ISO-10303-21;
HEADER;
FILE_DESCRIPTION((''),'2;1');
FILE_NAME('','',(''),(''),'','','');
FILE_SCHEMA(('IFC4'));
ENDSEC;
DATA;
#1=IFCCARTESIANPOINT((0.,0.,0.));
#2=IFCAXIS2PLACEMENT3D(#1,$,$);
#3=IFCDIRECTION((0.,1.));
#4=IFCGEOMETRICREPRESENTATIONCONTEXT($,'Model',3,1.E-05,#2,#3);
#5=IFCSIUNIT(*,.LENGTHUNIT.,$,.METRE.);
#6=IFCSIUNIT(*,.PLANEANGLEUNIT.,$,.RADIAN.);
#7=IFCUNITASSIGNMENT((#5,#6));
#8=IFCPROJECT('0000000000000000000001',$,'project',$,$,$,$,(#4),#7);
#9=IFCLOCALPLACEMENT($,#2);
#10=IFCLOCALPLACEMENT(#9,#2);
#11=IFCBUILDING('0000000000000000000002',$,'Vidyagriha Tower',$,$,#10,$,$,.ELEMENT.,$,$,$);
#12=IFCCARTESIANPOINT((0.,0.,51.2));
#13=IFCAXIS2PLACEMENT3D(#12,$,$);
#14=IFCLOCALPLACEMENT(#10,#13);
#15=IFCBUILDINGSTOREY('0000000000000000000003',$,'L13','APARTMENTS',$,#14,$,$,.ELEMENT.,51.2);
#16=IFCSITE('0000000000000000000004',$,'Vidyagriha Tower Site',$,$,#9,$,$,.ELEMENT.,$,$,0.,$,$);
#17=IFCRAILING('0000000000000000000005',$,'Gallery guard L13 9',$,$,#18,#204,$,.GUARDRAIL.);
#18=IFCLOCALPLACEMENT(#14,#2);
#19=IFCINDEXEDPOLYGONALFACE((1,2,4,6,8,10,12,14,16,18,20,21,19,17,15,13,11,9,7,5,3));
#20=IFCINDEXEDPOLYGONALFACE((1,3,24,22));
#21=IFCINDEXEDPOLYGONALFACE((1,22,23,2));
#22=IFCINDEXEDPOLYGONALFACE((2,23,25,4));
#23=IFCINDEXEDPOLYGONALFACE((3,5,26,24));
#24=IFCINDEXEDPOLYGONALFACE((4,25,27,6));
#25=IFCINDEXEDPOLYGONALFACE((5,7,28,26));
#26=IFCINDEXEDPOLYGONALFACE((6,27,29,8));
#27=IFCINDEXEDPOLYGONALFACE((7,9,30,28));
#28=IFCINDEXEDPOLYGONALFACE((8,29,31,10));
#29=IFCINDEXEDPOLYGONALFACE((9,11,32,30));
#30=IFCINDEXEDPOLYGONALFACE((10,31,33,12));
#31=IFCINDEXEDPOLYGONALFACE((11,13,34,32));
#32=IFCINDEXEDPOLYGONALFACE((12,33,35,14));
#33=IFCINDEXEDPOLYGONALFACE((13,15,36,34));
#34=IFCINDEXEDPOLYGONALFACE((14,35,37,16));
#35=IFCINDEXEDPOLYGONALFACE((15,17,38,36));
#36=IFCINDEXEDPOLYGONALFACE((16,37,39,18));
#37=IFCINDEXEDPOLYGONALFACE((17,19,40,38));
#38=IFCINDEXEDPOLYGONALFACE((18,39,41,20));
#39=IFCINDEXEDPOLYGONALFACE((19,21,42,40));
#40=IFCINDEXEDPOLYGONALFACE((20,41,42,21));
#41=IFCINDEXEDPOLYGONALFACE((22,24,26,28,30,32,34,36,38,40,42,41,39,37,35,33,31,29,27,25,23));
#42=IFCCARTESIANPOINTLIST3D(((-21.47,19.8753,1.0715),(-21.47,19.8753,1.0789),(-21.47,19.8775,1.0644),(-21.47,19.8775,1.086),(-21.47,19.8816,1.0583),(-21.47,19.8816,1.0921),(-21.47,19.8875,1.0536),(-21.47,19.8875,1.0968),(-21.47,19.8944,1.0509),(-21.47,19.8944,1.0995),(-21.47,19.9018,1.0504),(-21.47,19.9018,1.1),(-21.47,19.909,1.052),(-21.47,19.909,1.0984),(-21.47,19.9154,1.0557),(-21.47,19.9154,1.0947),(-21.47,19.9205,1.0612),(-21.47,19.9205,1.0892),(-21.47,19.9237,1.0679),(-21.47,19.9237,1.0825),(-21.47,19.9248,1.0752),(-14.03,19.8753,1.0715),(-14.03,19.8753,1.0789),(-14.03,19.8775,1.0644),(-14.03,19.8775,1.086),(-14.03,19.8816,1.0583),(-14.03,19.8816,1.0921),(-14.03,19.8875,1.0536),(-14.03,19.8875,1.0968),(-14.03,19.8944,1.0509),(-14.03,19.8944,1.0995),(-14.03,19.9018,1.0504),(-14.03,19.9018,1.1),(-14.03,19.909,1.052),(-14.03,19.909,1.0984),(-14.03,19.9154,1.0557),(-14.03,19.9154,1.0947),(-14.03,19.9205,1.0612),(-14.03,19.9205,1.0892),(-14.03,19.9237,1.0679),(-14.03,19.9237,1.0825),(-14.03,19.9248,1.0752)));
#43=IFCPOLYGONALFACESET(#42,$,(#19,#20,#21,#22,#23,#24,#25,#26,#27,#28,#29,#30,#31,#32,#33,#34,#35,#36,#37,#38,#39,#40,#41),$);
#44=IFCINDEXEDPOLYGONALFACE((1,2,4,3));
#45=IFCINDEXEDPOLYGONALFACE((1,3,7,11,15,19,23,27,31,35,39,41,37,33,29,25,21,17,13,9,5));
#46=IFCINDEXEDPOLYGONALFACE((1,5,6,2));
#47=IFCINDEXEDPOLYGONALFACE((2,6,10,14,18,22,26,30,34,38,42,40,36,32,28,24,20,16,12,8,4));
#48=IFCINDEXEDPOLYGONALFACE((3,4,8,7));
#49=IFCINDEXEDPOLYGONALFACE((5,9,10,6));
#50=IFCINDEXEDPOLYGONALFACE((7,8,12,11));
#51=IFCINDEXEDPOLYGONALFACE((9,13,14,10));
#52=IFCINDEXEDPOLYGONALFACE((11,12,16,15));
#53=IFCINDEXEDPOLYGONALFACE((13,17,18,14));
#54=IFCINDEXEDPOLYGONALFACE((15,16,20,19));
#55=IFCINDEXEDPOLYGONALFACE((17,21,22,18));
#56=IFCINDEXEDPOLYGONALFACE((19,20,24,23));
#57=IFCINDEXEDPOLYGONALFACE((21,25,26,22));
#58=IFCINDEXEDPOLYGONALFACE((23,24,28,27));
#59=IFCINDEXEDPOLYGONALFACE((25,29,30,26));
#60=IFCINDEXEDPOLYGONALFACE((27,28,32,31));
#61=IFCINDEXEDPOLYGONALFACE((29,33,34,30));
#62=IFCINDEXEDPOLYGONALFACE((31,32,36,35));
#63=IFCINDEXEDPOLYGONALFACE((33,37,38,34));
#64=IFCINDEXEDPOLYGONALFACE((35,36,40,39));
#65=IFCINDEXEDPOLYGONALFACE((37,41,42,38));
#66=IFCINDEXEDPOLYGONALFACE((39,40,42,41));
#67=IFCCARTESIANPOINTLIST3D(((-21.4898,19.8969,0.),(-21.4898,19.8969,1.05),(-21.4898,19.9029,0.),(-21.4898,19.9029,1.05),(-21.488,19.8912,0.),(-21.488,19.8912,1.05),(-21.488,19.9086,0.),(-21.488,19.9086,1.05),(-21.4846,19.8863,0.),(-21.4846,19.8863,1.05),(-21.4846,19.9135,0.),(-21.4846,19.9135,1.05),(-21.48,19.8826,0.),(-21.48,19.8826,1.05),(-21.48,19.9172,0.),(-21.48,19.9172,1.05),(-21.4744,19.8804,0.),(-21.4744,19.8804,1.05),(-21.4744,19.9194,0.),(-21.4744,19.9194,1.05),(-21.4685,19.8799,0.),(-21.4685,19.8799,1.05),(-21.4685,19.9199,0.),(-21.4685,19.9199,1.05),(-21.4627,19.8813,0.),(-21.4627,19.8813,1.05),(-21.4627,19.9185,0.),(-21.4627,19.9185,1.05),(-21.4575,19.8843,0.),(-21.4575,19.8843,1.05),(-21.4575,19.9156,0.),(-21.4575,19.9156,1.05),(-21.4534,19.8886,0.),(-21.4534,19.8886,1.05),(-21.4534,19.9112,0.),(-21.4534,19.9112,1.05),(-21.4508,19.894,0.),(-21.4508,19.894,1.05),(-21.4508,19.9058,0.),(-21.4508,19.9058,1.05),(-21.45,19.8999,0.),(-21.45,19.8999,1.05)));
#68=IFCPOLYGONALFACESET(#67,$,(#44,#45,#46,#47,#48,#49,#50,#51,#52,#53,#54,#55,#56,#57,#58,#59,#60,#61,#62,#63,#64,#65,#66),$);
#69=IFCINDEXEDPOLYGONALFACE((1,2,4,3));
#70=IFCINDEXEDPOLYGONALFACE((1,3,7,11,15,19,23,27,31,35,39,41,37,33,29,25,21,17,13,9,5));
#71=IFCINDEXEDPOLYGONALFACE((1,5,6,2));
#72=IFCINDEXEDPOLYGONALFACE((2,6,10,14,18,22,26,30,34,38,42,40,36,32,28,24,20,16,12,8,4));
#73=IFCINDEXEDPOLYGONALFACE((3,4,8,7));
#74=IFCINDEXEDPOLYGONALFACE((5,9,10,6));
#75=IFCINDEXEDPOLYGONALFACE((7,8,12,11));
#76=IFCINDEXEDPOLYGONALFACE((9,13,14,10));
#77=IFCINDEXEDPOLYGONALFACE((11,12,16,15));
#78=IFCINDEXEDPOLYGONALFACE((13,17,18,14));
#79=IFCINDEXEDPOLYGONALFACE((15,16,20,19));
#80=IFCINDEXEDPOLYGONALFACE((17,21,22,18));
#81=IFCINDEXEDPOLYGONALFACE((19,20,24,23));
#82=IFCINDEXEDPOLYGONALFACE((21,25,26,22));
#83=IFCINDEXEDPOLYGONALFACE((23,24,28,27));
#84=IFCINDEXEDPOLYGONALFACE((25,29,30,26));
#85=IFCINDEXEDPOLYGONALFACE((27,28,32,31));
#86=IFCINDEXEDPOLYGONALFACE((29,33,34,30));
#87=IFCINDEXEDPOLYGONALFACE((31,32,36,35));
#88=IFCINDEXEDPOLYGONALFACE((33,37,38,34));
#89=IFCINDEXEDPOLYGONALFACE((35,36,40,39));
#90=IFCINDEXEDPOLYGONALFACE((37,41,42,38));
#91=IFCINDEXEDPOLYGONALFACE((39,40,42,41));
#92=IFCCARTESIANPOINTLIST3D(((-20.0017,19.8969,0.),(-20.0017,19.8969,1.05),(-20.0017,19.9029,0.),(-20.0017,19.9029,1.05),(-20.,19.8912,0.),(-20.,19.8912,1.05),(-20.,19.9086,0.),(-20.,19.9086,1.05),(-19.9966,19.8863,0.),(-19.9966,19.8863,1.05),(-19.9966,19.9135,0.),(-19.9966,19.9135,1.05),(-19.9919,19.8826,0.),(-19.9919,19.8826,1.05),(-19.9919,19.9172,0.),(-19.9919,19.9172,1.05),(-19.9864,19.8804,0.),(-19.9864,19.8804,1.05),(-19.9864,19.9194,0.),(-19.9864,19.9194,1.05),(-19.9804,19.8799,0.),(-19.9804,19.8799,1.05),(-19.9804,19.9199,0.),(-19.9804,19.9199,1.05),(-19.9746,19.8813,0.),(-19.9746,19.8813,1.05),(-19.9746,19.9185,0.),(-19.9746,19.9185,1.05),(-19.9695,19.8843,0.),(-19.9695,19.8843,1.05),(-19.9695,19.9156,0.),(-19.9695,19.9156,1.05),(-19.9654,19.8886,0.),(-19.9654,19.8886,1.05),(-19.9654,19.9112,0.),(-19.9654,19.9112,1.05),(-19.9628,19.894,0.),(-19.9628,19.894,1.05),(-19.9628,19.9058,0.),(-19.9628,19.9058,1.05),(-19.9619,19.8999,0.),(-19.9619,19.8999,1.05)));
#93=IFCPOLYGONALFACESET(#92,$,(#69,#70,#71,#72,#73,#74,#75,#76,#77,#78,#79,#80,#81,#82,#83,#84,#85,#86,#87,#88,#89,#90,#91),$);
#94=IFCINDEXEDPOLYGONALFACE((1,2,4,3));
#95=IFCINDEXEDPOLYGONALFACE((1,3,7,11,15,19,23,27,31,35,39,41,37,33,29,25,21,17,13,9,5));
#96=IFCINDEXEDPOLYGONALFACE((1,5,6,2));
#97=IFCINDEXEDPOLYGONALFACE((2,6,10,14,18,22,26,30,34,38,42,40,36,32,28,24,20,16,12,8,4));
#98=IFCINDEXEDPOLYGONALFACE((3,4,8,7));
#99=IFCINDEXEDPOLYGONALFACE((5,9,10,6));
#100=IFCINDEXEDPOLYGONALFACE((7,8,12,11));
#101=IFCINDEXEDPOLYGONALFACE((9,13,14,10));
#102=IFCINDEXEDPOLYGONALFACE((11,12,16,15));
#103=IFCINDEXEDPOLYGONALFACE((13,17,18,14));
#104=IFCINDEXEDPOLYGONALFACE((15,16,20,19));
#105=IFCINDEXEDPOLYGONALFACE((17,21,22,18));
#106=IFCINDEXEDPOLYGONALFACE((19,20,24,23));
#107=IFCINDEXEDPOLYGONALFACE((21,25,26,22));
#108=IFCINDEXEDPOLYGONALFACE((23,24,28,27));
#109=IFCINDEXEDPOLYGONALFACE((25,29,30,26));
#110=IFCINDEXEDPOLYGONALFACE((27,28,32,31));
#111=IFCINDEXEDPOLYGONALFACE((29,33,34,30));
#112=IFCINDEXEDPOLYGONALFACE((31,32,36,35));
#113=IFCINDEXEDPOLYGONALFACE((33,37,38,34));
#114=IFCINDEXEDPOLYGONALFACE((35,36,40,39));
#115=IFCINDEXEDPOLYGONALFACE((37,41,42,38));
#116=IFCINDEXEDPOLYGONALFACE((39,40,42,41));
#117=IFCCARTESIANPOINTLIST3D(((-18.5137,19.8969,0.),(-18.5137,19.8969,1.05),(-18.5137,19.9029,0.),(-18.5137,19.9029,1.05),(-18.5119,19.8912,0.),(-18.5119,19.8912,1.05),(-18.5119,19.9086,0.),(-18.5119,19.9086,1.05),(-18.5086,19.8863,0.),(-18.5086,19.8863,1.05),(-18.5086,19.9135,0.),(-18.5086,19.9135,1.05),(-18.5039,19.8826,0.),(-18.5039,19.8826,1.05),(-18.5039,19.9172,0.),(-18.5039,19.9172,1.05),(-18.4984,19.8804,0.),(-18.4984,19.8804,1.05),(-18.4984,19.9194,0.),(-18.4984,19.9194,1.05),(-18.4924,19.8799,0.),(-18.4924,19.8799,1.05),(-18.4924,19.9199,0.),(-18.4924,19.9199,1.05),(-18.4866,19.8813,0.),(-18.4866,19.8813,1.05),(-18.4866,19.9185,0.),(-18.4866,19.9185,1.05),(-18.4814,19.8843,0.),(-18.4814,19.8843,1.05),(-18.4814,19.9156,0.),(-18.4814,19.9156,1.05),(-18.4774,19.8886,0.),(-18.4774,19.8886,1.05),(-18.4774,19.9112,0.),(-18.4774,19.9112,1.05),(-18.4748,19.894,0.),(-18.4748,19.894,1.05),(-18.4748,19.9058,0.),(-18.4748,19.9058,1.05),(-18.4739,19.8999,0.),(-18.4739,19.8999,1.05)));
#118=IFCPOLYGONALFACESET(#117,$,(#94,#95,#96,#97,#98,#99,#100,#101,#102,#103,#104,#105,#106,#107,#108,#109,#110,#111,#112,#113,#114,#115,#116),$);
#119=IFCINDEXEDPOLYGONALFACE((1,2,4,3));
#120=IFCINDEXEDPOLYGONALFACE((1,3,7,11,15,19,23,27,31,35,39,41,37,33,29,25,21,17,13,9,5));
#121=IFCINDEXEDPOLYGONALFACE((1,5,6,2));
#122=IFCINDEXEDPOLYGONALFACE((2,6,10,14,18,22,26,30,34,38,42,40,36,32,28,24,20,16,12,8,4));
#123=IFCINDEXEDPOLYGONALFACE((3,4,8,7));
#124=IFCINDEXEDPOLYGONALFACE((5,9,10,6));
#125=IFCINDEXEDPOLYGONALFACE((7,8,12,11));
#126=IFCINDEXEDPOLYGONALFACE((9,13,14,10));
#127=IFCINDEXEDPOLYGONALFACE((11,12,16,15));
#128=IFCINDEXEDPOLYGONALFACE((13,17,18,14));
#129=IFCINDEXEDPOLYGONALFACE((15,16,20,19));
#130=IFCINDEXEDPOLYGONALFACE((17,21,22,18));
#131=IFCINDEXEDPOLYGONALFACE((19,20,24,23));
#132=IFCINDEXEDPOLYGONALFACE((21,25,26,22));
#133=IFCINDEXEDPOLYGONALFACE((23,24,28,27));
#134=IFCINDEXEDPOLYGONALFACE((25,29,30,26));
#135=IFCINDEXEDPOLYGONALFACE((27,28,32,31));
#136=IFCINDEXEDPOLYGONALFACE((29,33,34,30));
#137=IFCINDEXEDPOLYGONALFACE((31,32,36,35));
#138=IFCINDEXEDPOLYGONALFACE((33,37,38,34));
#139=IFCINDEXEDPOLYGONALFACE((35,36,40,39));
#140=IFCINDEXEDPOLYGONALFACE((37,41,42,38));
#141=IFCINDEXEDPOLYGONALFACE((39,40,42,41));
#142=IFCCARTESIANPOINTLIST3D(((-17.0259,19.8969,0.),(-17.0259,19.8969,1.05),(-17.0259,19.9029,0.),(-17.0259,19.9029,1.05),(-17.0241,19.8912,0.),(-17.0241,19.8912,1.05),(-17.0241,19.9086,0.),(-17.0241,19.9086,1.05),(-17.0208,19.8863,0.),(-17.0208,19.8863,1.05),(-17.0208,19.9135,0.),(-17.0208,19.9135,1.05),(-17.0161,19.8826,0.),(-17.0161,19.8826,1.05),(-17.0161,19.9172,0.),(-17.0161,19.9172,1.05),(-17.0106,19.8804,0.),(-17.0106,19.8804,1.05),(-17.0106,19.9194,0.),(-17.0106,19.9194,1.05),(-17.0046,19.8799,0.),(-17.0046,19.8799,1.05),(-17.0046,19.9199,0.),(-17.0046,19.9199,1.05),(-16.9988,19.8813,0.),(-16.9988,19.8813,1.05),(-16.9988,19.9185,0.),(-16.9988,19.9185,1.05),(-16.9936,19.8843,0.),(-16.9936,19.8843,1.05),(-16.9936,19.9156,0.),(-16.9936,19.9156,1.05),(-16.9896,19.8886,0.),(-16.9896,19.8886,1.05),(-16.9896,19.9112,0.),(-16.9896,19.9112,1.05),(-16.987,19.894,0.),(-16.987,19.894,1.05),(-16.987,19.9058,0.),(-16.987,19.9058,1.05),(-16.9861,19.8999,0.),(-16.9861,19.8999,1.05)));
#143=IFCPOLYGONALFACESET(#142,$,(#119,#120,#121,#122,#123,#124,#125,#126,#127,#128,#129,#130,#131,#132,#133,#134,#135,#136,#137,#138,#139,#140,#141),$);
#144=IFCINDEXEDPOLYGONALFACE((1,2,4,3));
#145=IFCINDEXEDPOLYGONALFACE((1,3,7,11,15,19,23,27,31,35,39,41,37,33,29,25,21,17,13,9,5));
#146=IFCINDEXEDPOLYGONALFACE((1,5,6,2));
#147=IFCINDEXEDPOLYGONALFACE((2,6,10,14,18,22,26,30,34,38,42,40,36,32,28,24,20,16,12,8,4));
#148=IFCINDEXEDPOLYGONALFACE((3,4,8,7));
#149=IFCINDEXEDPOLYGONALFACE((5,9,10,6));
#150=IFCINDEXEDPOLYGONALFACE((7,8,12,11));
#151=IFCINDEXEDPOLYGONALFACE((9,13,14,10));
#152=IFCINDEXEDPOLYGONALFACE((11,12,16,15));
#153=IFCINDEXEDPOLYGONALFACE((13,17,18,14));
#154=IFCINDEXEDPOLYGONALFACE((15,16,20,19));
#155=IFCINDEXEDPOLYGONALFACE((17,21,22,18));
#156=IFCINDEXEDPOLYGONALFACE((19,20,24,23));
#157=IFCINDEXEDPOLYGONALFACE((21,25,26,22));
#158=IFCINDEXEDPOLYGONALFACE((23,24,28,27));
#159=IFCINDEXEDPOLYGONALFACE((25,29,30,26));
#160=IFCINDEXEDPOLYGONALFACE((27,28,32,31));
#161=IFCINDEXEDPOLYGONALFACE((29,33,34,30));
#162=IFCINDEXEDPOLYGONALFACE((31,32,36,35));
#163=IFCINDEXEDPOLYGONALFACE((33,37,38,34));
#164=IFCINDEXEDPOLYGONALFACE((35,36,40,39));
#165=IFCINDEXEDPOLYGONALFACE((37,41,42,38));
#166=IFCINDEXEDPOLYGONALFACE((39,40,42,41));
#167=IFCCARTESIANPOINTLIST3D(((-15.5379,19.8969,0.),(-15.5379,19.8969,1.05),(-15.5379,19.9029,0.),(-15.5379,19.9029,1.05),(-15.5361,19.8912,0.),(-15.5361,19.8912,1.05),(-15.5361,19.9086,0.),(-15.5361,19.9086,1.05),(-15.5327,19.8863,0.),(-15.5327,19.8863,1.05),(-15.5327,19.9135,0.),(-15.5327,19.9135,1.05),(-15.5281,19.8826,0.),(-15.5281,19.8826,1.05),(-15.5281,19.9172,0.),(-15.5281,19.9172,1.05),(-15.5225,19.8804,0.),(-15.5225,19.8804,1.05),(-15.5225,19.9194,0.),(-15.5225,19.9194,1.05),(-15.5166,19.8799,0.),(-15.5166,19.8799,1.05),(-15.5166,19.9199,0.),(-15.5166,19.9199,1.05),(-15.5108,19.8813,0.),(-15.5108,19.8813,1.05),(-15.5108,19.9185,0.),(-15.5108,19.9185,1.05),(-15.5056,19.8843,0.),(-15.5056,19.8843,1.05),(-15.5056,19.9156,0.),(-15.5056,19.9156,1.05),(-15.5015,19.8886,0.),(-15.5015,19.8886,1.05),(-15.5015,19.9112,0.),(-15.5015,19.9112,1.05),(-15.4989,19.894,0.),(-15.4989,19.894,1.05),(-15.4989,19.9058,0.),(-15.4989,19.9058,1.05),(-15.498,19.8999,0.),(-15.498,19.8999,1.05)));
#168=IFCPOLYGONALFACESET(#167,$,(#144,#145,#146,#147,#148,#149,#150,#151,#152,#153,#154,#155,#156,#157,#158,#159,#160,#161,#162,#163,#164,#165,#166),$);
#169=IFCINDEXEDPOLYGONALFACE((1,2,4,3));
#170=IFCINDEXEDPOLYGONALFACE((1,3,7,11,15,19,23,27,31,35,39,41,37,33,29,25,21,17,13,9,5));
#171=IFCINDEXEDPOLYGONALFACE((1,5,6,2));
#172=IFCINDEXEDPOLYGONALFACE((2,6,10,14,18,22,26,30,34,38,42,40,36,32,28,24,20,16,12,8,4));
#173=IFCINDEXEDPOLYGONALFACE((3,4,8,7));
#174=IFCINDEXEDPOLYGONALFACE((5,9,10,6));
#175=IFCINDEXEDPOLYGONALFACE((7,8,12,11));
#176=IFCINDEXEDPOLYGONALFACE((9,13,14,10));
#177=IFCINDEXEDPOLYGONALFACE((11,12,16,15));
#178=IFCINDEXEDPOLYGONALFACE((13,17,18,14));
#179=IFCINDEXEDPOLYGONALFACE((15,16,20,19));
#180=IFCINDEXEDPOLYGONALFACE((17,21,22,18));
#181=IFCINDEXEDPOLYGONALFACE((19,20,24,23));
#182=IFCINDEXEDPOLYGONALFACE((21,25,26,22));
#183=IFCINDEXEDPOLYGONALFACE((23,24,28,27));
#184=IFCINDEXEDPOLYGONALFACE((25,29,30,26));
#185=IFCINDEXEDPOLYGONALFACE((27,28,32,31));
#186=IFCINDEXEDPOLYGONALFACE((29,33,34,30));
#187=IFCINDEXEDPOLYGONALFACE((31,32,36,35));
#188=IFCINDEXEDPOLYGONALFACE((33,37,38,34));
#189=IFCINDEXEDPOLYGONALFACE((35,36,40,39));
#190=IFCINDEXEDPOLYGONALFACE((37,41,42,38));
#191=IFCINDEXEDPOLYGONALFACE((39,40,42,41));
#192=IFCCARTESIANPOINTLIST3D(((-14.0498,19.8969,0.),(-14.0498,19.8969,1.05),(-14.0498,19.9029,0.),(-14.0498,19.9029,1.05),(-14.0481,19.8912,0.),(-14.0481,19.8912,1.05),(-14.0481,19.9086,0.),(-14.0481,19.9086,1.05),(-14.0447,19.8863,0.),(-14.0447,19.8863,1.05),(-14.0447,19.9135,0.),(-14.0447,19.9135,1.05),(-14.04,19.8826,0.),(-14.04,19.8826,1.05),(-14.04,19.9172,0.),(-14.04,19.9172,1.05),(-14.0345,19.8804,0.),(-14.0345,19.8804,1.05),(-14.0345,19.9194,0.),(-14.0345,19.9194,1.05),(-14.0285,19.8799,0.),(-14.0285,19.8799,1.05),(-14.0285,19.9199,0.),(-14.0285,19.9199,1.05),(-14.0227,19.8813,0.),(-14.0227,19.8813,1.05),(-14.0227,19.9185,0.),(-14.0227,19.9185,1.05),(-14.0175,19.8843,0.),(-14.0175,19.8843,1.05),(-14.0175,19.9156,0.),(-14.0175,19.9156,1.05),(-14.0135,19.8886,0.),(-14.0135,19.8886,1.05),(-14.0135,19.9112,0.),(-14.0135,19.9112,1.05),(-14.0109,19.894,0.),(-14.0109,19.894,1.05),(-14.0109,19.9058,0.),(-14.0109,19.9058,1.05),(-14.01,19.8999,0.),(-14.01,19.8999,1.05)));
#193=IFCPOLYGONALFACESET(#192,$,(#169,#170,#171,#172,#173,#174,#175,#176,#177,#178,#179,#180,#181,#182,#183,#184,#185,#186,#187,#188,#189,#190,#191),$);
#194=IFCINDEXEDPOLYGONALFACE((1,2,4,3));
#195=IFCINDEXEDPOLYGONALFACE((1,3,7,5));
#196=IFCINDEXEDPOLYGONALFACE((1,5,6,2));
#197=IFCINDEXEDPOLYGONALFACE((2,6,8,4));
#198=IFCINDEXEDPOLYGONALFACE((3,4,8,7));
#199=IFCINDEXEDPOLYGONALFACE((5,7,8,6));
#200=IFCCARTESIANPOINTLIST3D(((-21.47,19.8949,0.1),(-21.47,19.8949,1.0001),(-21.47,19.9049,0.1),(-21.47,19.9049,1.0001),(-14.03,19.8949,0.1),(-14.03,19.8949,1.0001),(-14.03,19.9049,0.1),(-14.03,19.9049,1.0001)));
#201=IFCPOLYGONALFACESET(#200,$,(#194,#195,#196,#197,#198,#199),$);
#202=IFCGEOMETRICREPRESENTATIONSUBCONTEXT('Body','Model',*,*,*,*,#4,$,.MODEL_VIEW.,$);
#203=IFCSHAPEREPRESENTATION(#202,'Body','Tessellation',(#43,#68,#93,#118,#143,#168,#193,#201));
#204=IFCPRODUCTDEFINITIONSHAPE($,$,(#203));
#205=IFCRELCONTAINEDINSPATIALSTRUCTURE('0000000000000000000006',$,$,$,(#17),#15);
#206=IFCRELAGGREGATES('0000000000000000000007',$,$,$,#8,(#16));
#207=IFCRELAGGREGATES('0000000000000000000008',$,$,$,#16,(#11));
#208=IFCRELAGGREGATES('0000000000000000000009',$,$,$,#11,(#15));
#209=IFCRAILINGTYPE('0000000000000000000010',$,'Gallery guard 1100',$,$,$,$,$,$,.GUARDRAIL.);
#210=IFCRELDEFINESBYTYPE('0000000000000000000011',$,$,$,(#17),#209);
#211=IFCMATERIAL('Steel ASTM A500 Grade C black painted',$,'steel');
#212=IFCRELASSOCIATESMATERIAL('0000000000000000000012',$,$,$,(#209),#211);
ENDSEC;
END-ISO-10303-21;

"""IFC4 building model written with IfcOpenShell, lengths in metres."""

from ifc_helpers import new_model, si_unit, direction, frame, origin, origin_2d, place, context, subcontext, project, spatial, rectangle, circle, extrude, material, type_object, element, save


model = new_model("IFC4")

# Units and contexts
model_context = context("Model", 3, precision=1e-05, world=origin(), true_north=direction((0.0, 1.0)))
body_context = subcontext(model_context, "Body", "Model", "MODEL_VIEW")
ifc_project = project(units=[si_unit("LENGTHUNIT", "METRE"), si_unit("PLANEANGLEUNIT", "RADIAN")], contexts=[model_context])

# Site, building, storey
site_placement = place(None, origin())
site = spatial("IfcSite", under=ifc_project, at=site_placement, Name="Vidyagriha Tower Site", CompositionType="ELEMENT", RefElevation=0.0)
building_placement = place(site_placement, origin())
building = spatial("IfcBuilding", under=site, at=building_placement, Name="Vidyagriha Tower", CompositionType="ELEMENT")
storey_placement = place(building_placement, frame((0.0, 0.0, 51.2)))
storey = spatial("IfcBuildingStorey", under=building, at=storey_placement, Name="L13", Description="APARTMENTS", CompositionType="ELEMENT", Elevation=51.2)

# Railing
ifc_material_1 = material(Name="Steel ASTM A500 Grade C black painted", Category="steel")
railing_type = type_object("IfcRailingType", Name="Gallery guard 1100", PredefinedType="GUARDRAIL", material=ifc_material_1)
railing_placement = place(storey_placement, frame((-21.47, 19.8999, 0.0)))
element("IfcRailing", 1, at=railing_placement, inside=storey, type_object=railing_type, Name="Gallery guard L13 9", PredefinedType="GUARDRAIL", context=body_context, shape_type="SweptSolid", body=[
    extrude(circle(Radius=0.0249, at=origin_2d()), frame((0.0, 0.0, 1.0752), z_axis=(1.0, 0.0, 0.0), x_axis=(0.0, 1.0, 0.0)), (0.0, 0.0, 1.0), 7.4399),
    extrude(circle(Radius=0.02, at=origin_2d()), origin(), (0.0, 0.0, 1.0), 1.05),
    extrude(circle(Radius=0.02, at=origin_2d()), frame((1.488, 0.0, 0.0)), (0.0, 0.0, 1.0), 1.05),
    extrude(circle(Radius=0.02, at=origin_2d()), frame((2.9761, 0.0, 0.0)), (0.0, 0.0, 1.0), 1.05),
    extrude(circle(Radius=0.02, at=origin_2d()), frame((4.4639, 0.0, 0.0)), (0.0, 0.0, 1.0), 1.05),
    extrude(circle(Radius=0.02, at=origin_2d()), frame((5.9519, 0.0, 0.0)), (0.0, 0.0, 1.0), 1.05),
    extrude(circle(Radius=0.02, at=origin_2d()), frame((7.4399, 0.0, 0.0)), (0.0, 0.0, 1.0), 1.05),
    extrude(rectangle(XDim=0.01, YDim=0.9001, at=origin_2d()), frame((0.0, 0.0, 0.55), z_axis=(1.0, 0.0, 0.0), x_axis=(0.0, 1.0, 0.0)), (0.0, 0.0, 1.0), 7.4399),
])

save(model, "model.ifc")
